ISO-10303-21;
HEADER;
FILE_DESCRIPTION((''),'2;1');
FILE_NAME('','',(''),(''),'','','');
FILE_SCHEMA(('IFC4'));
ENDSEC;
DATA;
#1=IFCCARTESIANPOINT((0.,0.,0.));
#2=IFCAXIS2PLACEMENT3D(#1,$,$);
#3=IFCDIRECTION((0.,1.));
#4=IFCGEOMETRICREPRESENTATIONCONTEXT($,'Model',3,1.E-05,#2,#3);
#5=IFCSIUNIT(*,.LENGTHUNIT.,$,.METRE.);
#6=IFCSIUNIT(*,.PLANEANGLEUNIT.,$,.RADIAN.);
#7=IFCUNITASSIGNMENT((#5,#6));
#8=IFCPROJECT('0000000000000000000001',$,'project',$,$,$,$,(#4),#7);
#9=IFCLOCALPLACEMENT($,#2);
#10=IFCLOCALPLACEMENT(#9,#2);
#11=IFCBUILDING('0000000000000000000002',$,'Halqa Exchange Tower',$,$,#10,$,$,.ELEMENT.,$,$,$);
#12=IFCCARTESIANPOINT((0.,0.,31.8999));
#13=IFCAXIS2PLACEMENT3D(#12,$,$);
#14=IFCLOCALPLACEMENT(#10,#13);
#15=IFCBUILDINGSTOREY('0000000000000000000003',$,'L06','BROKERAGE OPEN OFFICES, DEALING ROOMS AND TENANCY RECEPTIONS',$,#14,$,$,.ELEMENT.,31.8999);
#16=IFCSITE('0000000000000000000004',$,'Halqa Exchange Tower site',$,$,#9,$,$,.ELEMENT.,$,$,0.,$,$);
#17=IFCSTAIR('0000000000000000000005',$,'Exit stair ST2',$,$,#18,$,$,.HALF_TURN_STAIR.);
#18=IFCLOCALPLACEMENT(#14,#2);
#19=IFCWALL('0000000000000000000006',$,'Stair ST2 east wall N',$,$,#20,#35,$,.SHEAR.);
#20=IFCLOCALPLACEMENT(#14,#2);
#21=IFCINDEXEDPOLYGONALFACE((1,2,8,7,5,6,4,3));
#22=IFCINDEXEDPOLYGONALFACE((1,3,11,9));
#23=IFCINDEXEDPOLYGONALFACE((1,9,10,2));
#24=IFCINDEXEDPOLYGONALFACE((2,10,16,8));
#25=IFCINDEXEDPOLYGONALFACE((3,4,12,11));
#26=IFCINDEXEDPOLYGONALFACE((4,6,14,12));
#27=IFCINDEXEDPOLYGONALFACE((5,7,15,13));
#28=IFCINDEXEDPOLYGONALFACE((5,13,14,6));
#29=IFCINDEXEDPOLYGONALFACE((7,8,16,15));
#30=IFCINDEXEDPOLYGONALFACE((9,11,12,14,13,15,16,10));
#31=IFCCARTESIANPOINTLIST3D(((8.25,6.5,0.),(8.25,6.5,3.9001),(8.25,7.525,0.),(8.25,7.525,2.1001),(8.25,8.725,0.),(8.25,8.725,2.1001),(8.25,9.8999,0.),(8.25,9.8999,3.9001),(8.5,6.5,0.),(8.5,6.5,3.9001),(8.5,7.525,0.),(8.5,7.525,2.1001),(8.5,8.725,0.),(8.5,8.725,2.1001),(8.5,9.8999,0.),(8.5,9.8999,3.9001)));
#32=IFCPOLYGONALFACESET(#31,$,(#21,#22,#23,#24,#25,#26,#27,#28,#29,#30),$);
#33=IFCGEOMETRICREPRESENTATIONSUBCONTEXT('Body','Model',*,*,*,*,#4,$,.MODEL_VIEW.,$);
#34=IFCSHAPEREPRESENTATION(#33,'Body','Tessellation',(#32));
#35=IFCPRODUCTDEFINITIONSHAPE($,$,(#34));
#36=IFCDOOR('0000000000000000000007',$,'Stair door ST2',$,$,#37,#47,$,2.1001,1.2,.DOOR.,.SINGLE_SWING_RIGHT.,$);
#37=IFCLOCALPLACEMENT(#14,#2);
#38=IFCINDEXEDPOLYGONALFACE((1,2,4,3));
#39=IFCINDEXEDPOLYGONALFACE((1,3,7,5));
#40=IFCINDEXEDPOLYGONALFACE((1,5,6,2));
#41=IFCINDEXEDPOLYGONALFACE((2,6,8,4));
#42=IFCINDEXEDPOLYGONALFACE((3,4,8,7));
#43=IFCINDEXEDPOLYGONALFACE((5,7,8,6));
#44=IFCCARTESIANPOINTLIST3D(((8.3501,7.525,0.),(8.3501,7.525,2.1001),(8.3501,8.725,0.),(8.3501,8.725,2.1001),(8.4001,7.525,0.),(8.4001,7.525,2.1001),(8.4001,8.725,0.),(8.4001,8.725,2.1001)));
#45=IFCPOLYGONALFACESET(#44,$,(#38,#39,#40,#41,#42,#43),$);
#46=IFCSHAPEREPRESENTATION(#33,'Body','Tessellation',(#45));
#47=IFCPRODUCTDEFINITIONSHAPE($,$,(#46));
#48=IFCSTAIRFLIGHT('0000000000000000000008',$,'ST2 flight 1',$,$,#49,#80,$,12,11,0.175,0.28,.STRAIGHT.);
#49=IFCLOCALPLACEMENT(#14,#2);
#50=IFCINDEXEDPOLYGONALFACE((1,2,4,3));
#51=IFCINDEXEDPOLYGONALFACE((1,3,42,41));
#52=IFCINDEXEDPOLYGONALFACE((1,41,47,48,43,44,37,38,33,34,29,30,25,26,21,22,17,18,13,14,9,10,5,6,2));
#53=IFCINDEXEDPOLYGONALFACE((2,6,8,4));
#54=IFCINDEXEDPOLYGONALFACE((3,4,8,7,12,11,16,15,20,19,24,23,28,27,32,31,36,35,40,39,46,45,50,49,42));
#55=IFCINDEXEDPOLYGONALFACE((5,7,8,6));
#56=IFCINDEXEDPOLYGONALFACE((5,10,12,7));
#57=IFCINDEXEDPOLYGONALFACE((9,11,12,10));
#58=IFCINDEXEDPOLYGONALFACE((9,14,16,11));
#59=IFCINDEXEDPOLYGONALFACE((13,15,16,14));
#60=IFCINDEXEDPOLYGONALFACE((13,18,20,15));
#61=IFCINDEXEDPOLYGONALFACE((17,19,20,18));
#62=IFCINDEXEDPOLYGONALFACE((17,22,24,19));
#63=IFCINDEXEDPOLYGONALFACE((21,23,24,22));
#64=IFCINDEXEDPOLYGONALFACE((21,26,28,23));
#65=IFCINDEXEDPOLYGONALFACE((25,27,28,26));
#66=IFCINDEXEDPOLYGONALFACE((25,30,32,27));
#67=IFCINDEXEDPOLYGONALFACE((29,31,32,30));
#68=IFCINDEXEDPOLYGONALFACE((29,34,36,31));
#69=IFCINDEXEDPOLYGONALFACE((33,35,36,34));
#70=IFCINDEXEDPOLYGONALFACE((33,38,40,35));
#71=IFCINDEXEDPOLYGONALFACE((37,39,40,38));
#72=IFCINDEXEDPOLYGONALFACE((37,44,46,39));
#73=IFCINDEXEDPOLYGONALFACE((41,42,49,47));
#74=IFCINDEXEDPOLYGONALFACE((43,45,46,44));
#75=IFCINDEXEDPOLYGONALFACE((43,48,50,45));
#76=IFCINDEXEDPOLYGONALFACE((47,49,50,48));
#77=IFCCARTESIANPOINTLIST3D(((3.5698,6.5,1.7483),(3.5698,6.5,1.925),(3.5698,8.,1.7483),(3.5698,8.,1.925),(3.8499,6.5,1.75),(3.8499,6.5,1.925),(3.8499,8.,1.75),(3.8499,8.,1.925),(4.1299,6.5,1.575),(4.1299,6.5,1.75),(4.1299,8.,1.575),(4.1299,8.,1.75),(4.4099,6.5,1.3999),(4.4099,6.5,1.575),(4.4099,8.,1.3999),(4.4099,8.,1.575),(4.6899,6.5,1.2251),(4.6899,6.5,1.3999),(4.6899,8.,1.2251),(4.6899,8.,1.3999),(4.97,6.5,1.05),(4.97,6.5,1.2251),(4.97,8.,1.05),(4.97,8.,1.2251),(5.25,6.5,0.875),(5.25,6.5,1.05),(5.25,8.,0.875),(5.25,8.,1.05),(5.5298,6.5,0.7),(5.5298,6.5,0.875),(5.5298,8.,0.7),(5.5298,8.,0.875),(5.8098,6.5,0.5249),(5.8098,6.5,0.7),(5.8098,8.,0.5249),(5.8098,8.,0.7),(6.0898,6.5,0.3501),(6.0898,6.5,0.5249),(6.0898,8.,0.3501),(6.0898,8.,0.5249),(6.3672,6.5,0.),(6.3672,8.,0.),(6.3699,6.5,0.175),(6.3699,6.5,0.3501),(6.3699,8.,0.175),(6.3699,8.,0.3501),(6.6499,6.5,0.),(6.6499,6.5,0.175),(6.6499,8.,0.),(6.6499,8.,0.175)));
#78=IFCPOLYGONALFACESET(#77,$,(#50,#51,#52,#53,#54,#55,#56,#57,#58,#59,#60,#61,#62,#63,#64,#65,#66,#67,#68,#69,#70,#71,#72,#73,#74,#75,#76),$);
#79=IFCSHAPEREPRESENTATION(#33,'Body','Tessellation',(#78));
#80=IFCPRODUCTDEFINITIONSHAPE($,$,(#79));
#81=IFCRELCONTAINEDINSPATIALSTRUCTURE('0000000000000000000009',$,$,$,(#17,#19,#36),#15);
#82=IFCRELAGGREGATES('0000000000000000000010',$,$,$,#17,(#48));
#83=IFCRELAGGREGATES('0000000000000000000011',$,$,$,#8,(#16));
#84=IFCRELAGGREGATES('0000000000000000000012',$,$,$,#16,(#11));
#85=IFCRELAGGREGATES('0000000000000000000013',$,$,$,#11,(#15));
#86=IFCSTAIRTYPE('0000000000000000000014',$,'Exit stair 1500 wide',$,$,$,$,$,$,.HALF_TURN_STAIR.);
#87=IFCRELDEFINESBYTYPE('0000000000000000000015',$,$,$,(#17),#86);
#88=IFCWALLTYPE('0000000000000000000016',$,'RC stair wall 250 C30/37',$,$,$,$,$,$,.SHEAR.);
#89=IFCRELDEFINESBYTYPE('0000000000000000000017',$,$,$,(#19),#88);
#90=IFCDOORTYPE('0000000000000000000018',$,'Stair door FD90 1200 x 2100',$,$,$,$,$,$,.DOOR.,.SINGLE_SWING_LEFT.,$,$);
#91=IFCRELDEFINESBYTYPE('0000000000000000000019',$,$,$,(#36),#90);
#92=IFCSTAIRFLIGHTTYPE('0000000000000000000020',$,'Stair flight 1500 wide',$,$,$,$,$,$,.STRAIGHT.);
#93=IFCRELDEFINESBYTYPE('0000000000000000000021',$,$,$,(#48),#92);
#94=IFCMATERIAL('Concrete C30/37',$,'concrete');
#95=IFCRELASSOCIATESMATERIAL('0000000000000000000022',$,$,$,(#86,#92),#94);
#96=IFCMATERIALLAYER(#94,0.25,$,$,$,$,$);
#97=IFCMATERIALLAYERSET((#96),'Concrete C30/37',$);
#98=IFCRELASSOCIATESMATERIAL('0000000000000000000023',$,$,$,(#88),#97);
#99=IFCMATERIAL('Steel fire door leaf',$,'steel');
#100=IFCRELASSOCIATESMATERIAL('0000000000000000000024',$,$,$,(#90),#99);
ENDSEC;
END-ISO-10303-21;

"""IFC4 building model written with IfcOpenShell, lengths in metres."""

from ifc_helpers import new_model, si_unit, direction, frame, frame_2d, origin, place, context, subcontext, project, spatial, polyline, rectangle, outline, extrude, material, layer, layer_set, type_object, element, fill, aggregate, save


model = new_model("IFC4")

# Units and contexts
model_context = context("Model", 3, precision=1e-05, world=origin(), true_north=direction((0.0, 1.0)))
body_context = subcontext(model_context, "Body", "Model", "MODEL_VIEW")
ifc_project = project(units=[si_unit("LENGTHUNIT", "METRE"), si_unit("PLANEANGLEUNIT", "RADIAN")], contexts=[model_context])

# Site, building, storey
site_placement = place(None, origin())
site = spatial("IfcSite", under=ifc_project, at=site_placement, Name="Halqa Exchange Tower site", CompositionType="ELEMENT", RefElevation=0.0)
building_placement = place(site_placement, origin())
building = spatial("IfcBuilding", under=site, at=building_placement, Name="Halqa Exchange Tower", CompositionType="ELEMENT")
storey_placement = place(building_placement, frame((0.0, 0.0, 31.8999)))
storey = spatial("IfcBuildingStorey", under=building, at=storey_placement, Name="L06", Description="BROKERAGE OPEN OFFICES, DEALING ROOMS AND TENANCY RECEPTIONS", CompositionType="ELEMENT", Elevation=31.8999)

# Stair
ifc_material_1 = material(Name="Concrete C30/37", Category="concrete")
stair_type = type_object("IfcStairType", Name="Exit stair 1500 wide", PredefinedType="HALF_TURN_STAIR", material=ifc_material_1)
stair_1_placement = place(storey_placement, origin())
stair_1 = element("IfcStair", 1, at=stair_1_placement, inside=storey, type_object=stair_type, Name="Exit stair ST2", PredefinedType="HALF_TURN_STAIR")

# Shared definitions
ifc_layer_1 = layer(ifc_material_1, 0.25)
ifc_layer_set_1 = layer_set([ifc_layer_1], Name="Concrete C30/37")
wall_type_1 = type_object("IfcWallType", Name="RC stair wall 250 C30/37", PredefinedType="SHEAR", material=ifc_layer_set_1)

# Wall, opening, door
wall_1_placement = place(storey_placement, frame((8.375, 6.5, 0.0), z_axis=(0.0, 0.0, 1.0), x_axis=(0.0, 1.0, 0.0)))
wall_1 = element("IfcWall", 2, at=wall_1_placement, inside=storey, type_object=wall_type_1, Name="Stair ST2 east wall N", PredefinedType="SHEAR", context=body_context, shape_type="SweptSolid", body=[
    extrude(rectangle(XDim=3.3999, YDim=0.25, at=frame_2d((1.7, 0.0))), origin(), (0.0, 0.0, 1.0), 3.9001),
])
opening_placement = place(wall_1_placement, frame((1.0249, 0.0, 0.0)))
opening = element("IfcOpeningElement", 3, at=opening_placement, cuts=wall_1, PredefinedType="OPENING", context=body_context, shape_type="SweptSolid", body=[
    extrude(rectangle(XDim=1.2, YDim=2.1001, at=frame_2d((0.6001, 1.05))), frame((0.0, 0.137, 0.0), z_axis=(0.0, -1.0, 0.0), x_axis=(1.0, 0.0, 0.0)), (0.0, 0.0, 1.0), 0.2739),
])
ifc_material_2 = material(Name="Steel fire door leaf", Category="steel")
door_type = type_object("IfcDoorType", Name="Stair door FD90 1200 x 2100", OperationType="SINGLE_SWING_LEFT", PredefinedType="DOOR", material=ifc_material_2)
door_placement = place(opening_placement, origin())
door = element("IfcDoor", 4, at=door_placement, inside=storey, type_object=door_type, Name="Stair door ST2", OperationType="SINGLE_SWING_RIGHT", OverallHeight=2.1001, OverallWidth=1.2, PredefinedType="DOOR", context=body_context, shape_type="SweptSolid", body=[
    extrude(rectangle(XDim=1.2, YDim=2.1001, at=frame_2d((0.6001, 1.05))), frame((0.0, 0.0249, 0.0), z_axis=(0.0, -1.0, 0.0), x_axis=(1.0, 0.0, 0.0)), (0.0, 0.0, 1.0), 0.05),
])
fill(opening, door)

# Stair flight
stair_flight_type = type_object("IfcStairFlightType", Name="Stair flight 1500 wide", PredefinedType="STRAIGHT", material=ifc_material_1)
stair_flight_placement = place(storey_placement, frame((6.6499, 7.25, 0.0), z_axis=(0.0, 0.0, 1.0), x_axis=(-1.0, 0.0, 0.0)))
stair_flight = element("IfcStairFlight", 5, at=stair_flight_placement, type_object=stair_flight_type, Name="ST2 flight 1", NumberOfRisers=12, NumberOfTreads=11, PredefinedType="STRAIGHT", RiserHeight=0.175, TreadLength=0.28, context=body_context, shape_type="SweptSolid", body=[
    extrude(outline(polyline([(0.0, 0.0), (0.0, 0.175), (0.28, 0.175), (0.28, 0.3501), (0.5601, 0.3501), (0.5601, 0.5249), (0.8401, 0.5249), (0.8401, 0.7), (1.1201, 0.7), (1.1201, 0.875), (1.3999, 0.875), (1.3999, 1.05), (1.6799, 1.05), (1.6799, 1.2251), (1.96, 1.2251), (1.96, 1.3999), (2.24, 1.3999), (2.24, 1.575), (2.52, 1.575), (2.52, 1.75), (2.8, 1.75), (2.8, 1.925), (3.0801, 1.925), (3.0801, 2.1001), (3.0801, 1.7483), (0.2827, 0.0), (0.0, 0.0)])), frame((0.0, 0.75, 0.0), z_axis=(0.0, -1.0, 0.0), x_axis=(1.0, 0.0, 0.0)), (0.0, 0.0, 1.0), 1.5),
])
aggregate(stair_1, [stair_flight])

save(model, "model.ifc")
